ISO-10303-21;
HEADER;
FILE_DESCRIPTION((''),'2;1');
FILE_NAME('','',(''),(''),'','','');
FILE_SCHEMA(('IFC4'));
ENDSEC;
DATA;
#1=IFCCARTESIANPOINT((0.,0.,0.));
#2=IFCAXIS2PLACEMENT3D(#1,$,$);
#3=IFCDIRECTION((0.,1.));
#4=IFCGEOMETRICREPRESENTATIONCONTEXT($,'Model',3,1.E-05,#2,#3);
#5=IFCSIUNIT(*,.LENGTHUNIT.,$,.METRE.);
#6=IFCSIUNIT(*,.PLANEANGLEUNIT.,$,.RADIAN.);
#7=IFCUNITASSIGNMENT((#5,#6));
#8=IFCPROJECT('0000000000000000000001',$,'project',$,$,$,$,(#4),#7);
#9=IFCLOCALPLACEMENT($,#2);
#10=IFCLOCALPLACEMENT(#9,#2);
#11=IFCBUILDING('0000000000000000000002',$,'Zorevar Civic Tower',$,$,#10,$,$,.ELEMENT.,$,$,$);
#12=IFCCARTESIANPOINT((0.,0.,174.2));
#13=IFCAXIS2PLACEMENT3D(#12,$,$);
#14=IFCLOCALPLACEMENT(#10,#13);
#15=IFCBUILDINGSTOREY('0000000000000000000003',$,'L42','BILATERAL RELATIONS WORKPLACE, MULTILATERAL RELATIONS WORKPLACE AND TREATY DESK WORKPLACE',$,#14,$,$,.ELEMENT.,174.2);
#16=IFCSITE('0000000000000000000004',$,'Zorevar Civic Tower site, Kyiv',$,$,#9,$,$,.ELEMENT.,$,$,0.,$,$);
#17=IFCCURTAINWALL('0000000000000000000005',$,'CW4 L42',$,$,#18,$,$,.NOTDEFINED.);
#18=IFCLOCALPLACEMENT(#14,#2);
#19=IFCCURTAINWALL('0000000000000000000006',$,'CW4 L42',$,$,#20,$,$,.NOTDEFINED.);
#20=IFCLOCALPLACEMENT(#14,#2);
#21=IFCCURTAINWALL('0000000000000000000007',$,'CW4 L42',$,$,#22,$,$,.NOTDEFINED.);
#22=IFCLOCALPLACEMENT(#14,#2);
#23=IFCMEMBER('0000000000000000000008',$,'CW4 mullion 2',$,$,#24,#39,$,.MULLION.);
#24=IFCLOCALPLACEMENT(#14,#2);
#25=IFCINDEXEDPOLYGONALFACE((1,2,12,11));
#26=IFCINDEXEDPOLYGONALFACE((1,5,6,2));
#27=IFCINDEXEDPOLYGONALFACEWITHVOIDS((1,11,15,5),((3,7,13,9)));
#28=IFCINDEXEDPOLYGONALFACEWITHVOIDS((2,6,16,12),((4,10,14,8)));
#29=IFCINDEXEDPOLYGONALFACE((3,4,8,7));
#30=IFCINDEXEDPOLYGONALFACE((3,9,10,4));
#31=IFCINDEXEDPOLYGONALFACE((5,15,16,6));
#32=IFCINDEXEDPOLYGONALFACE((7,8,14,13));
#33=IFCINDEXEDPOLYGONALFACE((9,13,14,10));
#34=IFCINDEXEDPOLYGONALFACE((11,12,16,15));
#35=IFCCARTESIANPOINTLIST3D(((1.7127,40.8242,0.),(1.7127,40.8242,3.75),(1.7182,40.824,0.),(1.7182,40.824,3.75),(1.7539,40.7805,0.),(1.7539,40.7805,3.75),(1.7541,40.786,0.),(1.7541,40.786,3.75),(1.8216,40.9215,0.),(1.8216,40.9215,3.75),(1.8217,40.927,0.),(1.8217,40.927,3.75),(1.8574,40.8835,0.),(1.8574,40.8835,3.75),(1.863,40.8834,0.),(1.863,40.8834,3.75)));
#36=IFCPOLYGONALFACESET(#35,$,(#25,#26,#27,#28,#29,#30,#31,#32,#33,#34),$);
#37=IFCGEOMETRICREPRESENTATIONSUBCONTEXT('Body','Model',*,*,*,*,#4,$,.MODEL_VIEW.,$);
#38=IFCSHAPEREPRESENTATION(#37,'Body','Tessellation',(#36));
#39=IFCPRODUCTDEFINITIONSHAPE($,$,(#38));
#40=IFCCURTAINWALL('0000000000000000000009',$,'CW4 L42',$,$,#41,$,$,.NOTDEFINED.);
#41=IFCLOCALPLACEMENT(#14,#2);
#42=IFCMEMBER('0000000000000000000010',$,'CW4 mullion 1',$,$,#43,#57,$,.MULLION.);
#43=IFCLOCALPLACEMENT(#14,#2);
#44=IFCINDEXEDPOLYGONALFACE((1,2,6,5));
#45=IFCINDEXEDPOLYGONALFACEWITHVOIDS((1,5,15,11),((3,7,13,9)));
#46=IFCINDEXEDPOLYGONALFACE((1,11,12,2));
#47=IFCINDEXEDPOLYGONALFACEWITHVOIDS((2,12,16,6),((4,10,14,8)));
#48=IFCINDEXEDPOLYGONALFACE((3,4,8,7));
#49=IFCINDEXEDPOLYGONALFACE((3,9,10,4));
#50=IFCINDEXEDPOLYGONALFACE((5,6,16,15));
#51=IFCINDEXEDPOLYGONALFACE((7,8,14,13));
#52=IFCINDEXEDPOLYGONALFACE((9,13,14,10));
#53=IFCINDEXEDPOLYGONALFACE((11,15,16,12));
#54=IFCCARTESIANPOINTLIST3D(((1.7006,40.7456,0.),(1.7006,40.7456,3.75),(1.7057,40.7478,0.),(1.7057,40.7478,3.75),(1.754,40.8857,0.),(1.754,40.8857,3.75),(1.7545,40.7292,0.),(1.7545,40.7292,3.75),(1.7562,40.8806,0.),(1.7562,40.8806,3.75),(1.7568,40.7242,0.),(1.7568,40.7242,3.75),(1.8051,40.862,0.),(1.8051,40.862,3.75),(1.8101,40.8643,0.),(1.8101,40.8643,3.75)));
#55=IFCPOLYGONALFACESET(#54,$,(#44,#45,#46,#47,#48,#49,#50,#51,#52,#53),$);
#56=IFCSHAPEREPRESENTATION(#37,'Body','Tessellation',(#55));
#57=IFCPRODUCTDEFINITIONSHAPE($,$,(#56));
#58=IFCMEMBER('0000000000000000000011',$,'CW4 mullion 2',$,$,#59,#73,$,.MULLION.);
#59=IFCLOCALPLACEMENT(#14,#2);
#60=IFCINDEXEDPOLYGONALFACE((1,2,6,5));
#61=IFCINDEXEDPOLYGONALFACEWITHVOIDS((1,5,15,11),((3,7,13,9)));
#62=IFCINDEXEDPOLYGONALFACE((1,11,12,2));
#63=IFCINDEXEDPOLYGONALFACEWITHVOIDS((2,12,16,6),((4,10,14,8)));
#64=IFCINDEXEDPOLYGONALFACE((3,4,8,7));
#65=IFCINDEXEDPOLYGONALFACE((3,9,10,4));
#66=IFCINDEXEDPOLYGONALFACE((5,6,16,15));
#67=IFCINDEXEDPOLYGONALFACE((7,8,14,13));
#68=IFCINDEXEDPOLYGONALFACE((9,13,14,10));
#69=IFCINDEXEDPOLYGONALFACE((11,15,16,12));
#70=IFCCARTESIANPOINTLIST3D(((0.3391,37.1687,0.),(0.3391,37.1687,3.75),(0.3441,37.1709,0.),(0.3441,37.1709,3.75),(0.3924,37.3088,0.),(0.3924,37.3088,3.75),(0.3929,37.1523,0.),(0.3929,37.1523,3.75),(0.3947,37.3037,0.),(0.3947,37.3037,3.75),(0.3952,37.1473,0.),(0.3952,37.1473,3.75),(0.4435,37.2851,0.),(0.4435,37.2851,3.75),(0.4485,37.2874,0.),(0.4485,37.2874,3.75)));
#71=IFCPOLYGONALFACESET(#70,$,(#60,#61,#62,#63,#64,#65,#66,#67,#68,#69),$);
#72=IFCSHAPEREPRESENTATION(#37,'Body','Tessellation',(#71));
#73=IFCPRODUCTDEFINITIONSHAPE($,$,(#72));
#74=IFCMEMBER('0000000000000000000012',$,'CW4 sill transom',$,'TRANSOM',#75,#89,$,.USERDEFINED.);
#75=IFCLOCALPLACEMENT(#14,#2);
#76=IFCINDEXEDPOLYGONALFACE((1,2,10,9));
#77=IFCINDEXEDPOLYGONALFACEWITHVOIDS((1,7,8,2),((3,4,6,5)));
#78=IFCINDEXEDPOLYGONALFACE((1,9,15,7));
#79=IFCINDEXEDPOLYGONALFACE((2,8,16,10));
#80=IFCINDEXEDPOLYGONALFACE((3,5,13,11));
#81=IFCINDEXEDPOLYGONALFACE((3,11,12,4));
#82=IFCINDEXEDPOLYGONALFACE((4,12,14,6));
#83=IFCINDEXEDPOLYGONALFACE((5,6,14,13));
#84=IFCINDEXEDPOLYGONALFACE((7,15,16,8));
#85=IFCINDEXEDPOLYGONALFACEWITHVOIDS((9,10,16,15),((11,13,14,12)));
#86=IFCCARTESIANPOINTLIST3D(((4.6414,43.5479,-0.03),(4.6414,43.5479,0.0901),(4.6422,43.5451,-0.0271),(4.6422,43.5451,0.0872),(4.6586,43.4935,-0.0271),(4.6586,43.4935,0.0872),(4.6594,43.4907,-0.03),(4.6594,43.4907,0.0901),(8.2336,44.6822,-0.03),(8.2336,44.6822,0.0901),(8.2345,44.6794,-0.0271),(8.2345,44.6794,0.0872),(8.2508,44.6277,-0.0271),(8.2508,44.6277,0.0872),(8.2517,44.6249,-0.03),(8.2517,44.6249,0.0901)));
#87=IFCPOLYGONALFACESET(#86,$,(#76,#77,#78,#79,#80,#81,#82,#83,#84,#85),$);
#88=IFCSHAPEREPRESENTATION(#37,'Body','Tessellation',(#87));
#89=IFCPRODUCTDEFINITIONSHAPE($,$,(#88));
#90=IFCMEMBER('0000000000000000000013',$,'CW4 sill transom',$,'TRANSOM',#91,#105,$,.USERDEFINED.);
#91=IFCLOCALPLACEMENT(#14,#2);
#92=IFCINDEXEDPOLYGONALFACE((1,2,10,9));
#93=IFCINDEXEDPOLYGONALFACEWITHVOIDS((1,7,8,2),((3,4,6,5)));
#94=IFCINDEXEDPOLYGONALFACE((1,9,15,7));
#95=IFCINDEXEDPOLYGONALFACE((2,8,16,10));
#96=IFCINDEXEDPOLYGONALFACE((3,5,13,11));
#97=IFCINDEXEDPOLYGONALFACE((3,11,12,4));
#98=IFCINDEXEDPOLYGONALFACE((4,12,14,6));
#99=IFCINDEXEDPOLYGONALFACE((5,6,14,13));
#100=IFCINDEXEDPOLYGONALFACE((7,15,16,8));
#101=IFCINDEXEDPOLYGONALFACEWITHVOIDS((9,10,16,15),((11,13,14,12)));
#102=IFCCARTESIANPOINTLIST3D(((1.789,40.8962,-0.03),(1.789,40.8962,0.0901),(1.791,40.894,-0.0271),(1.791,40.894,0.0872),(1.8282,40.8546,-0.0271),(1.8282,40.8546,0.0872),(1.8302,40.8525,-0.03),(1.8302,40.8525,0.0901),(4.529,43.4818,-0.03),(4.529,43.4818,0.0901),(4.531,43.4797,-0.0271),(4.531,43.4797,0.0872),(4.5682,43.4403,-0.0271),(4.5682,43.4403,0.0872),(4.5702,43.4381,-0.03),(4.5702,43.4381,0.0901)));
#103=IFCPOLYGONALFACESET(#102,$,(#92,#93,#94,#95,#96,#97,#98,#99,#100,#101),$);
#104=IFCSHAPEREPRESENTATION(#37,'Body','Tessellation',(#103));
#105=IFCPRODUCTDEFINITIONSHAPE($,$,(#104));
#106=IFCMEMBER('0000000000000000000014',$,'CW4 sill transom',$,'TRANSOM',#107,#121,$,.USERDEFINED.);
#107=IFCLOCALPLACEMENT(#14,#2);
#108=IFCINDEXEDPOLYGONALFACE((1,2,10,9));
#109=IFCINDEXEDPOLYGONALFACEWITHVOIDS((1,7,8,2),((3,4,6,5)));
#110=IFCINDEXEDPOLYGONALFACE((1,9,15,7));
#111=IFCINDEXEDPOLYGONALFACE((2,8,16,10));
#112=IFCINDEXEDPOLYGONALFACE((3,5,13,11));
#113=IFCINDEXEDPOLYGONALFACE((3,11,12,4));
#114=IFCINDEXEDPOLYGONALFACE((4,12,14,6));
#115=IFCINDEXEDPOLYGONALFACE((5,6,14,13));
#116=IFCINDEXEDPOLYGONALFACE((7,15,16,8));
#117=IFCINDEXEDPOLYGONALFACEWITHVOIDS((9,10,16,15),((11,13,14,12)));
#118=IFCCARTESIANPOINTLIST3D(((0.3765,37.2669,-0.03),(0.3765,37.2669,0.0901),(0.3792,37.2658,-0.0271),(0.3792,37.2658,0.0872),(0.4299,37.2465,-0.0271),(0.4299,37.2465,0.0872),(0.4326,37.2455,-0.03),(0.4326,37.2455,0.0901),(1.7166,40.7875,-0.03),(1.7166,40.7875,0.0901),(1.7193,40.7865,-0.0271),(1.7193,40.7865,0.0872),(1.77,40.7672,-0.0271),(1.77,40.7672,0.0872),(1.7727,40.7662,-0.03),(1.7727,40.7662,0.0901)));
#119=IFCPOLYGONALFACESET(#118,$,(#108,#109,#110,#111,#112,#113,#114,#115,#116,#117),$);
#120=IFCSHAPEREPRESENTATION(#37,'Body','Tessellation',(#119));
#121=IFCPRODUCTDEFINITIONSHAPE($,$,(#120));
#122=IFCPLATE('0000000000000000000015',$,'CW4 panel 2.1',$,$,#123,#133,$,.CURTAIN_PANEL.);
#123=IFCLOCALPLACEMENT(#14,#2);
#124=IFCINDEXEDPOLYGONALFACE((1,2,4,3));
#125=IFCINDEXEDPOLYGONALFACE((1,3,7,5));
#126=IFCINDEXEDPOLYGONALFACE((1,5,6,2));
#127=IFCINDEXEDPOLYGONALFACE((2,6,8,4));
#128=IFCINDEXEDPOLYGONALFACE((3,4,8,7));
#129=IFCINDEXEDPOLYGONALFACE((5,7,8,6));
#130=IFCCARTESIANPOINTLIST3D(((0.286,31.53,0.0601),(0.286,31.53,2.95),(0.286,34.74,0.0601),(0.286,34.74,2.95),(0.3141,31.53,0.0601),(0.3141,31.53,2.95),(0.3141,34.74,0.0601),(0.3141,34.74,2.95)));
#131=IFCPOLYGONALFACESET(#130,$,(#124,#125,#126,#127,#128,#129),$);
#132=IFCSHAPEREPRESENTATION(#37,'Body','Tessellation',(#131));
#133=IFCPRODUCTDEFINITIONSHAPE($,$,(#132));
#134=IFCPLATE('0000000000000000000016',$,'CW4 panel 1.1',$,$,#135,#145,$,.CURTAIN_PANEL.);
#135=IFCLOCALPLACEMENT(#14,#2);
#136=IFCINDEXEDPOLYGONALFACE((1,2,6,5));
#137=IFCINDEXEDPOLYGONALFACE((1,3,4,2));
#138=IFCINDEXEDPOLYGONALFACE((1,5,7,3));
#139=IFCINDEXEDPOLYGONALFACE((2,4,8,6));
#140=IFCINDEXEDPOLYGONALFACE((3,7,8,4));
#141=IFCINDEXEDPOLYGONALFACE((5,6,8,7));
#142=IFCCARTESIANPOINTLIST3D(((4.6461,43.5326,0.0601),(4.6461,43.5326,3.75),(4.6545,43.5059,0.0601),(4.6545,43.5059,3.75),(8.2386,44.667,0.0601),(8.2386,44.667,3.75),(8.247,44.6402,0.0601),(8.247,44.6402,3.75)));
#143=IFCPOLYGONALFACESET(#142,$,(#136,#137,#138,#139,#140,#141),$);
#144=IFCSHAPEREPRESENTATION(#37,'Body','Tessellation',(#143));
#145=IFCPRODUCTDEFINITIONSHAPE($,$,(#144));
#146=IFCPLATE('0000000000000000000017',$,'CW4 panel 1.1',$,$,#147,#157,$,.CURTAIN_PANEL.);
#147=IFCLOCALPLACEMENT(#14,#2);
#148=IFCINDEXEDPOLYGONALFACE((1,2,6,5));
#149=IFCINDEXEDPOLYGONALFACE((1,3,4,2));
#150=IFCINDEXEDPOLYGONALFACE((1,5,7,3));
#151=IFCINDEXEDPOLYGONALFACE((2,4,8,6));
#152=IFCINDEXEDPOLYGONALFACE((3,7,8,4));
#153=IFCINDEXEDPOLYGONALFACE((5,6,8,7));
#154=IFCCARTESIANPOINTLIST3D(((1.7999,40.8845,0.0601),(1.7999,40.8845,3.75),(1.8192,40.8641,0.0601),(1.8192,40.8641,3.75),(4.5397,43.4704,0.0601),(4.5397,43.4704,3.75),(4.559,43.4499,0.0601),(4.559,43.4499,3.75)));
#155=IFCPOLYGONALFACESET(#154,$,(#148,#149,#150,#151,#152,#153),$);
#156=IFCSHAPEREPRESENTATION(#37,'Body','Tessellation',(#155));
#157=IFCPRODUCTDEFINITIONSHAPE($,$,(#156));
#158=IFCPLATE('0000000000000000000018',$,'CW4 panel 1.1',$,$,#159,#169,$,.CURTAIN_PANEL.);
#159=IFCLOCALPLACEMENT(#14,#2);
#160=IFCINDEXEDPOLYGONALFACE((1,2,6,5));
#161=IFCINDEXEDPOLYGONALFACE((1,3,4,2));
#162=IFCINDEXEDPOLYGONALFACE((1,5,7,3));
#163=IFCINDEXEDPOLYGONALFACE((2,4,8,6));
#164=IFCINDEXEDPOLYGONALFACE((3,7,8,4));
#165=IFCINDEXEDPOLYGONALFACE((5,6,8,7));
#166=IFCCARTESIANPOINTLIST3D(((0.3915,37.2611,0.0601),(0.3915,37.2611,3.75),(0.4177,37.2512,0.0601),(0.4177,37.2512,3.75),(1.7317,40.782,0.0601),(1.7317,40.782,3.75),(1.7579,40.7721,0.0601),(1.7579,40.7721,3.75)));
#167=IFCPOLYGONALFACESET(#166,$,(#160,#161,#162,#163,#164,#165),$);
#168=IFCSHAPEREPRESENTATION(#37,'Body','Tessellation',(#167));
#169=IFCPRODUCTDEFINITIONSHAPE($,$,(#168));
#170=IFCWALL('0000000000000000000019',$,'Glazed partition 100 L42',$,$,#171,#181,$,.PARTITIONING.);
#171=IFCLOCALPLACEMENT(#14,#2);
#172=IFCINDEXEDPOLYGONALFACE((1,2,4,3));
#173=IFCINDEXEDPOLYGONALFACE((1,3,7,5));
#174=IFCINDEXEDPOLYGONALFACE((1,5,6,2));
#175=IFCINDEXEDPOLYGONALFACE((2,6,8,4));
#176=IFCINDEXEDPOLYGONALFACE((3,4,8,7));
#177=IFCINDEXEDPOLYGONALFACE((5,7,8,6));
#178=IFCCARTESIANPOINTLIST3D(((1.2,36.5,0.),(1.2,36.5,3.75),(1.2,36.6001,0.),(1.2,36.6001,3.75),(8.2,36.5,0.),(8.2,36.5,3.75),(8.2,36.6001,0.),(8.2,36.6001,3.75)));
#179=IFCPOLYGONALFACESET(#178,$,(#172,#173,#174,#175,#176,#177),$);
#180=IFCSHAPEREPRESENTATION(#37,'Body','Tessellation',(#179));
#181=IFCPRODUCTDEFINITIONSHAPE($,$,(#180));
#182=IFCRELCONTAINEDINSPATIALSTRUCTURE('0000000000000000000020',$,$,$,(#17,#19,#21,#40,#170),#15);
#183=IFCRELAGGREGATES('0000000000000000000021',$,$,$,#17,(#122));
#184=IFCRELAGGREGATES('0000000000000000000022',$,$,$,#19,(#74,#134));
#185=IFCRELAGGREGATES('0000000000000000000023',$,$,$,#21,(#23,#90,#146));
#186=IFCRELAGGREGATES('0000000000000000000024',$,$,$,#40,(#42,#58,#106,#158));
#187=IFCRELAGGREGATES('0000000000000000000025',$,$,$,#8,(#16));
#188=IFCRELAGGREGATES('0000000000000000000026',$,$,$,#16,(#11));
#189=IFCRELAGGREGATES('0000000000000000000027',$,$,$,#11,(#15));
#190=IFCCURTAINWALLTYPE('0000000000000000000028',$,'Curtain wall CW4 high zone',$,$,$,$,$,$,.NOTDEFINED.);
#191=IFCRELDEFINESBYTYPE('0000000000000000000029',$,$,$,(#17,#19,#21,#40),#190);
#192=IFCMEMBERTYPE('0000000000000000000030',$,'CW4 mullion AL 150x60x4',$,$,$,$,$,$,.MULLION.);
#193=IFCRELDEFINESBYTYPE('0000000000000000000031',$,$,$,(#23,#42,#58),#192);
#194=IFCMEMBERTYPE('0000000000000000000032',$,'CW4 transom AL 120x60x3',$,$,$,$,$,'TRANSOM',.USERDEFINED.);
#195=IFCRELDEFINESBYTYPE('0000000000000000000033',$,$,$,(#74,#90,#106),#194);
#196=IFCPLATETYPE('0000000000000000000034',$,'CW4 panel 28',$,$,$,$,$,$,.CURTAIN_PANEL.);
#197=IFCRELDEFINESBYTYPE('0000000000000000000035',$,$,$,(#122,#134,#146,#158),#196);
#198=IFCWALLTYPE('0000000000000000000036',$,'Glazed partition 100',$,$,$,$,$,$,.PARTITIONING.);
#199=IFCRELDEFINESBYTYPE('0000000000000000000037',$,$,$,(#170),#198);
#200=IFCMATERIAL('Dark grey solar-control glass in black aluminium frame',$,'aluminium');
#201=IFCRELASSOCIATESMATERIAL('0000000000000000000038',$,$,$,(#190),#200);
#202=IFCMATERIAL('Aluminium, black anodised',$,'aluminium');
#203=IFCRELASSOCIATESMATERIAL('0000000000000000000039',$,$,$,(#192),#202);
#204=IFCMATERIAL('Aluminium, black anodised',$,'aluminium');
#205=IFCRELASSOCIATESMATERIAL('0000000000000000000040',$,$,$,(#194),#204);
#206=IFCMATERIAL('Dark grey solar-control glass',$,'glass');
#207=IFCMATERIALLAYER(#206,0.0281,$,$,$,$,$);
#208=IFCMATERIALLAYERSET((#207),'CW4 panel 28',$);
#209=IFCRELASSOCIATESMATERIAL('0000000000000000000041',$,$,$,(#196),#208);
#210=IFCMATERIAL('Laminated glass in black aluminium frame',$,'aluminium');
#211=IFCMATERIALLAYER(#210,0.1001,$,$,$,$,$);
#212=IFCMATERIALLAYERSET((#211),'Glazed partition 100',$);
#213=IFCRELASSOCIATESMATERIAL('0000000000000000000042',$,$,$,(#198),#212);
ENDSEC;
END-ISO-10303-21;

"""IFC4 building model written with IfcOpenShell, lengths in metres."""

from ifc_helpers import new_model, si_unit, direction, frame, frame_2d, origin, origin_2d, place, context, subcontext, project, spatial, rectangle, hollow_rectangle, extrude, material, layer, layer_set, material_profile, profile_set, type_object, element, aggregate, save


model = new_model("IFC4")

# Units and contexts
model_context = context("Model", 3, precision=1e-05, world=origin(), true_north=direction((0.0, 1.0)))
body_context = subcontext(model_context, "Body", "Model", "MODEL_VIEW")
ifc_project = project(units=[si_unit("LENGTHUNIT", "METRE"), si_unit("PLANEANGLEUNIT", "RADIAN")], contexts=[model_context])

# Site, building, storey
site_placement = place(None, origin())
site = spatial("IfcSite", under=ifc_project, at=site_placement, Name="Zorevar Civic Tower site, Kyiv", CompositionType="ELEMENT", RefElevation=0.0)
building_placement = place(site_placement, origin())
building = spatial("IfcBuilding", under=site, at=building_placement, Name="Zorevar Civic Tower", CompositionType="ELEMENT")
storey_placement = place(building_placement, frame((0.0, 0.0, 174.2)))
storey = spatial("IfcBuildingStorey", under=building, at=storey_placement, Name="L42", Description="BILATERAL RELATIONS WORKPLACE, MULTILATERAL RELATIONS WORKPLACE AND TREATY DESK WORKPLACE", CompositionType="ELEMENT", Elevation=174.2)

# Curtain walls, members
ifc_material_1 = material(Name="Dark grey solar-control glass in black aluminium frame", Category="aluminium")
curtain_wall_type = type_object("IfcCurtainWallType", Name="Curtain wall CW4 high zone", PredefinedType="NOTDEFINED", material=ifc_material_1)
curtain_wall_1_placement = place(storey_placement, origin())
curtain_wall_1 = element("IfcCurtainWall", 1, at=curtain_wall_1_placement, inside=storey, type_object=curtain_wall_type, Name="CW4 L42", PredefinedType="NOTDEFINED")
ifc_material_2 = material(Name="Aluminium, black anodised", Category="aluminium")
ifc_material_profile_1 = material_profile(ifc_material_2, hollow_rectangle(XDim=0.0601, YDim=0.1499, WallThickness=0.0039, at=origin_2d()), Name="AL 150x60x4")
ifc_profile_set_1 = profile_set([ifc_material_profile_1], Name="Aluminium, black anodised")
member_type_1 = type_object("IfcMemberType", Name="CW4 mullion AL 150x60x4", PredefinedType="MULLION", material=ifc_profile_set_1)
curtain_wall_2_placement = place(storey_placement, origin())
curtain_wall_2 = element("IfcCurtainWall", 2, at=curtain_wall_2_placement, inside=storey, type_object=curtain_wall_type, Name="CW4 L42", PredefinedType="NOTDEFINED")
curtain_wall_3_placement = place(storey_placement, origin())
curtain_wall_3 = element("IfcCurtainWall", 3, at=curtain_wall_3_placement, inside=storey, type_object=curtain_wall_type, Name="CW4 L42", PredefinedType="NOTDEFINED")
member_1_placement = place(storey_placement, frame((1.7878, 40.8538, 0.0), z_axis=(0.0, 0.0, 1.0), x_axis=(0.686378, -0.727245, 0.0)))
member_1 = element("IfcMember", 4, at=member_1_placement, type_object=member_type_1, Name="CW4 mullion 2", PredefinedType="MULLION", context=body_context, shape_type="SweptSolid", body=[
    extrude(hollow_rectangle(XDim=0.0601, YDim=0.1499, WallThickness=0.0039, at=origin_2d()), origin(), (0.0, 0.0, 1.0), 3.75),
])
curtain_wall_4_placement = place(storey_placement, origin())
curtain_wall_4 = element("IfcCurtainWall", 5, at=curtain_wall_4_placement, inside=storey, type_object=curtain_wall_type, Name="CW4 L42", PredefinedType="NOTDEFINED")
member_2_placement = place(storey_placement, frame((1.7554, 40.8049, 0.0), z_axis=(0.0, 0.0, 1.0), x_axis=(0.934588, -0.355731, 0.0)))
member_2 = element("IfcMember", 6, at=member_2_placement, type_object=member_type_1, Name="CW4 mullion 1", PredefinedType="MULLION", context=body_context, shape_type="SweptSolid", body=[
    extrude(hollow_rectangle(XDim=0.0601, YDim=0.1499, WallThickness=0.0039, at=origin_2d()), origin(), (0.0, 0.0, 1.0), 3.75),
])
member_3_placement = place(storey_placement, frame((0.3938, 37.228, 0.0), z_axis=(0.0, 0.0, 1.0), x_axis=(0.934588, -0.355731, 0.0)))
member_3 = element("IfcMember", 7, at=member_3_placement, type_object=member_type_1, Name="CW4 mullion 2", PredefinedType="MULLION", context=body_context, shape_type="SweptSolid", body=[
    extrude(hollow_rectangle(XDim=0.0601, YDim=0.1499, WallThickness=0.0039, at=origin_2d()), origin(), (0.0, 0.0, 1.0), 3.75),
])

# Members
ifc_material_3 = material(Name="Aluminium, black anodised", Category="aluminium")
ifc_material_profile_2 = material_profile(ifc_material_3, hollow_rectangle(XDim=0.0601, YDim=0.1201, WallThickness=0.0029, at=origin_2d()), Name="AL 120x60x3")
ifc_profile_set_2 = profile_set([ifc_material_profile_2], Name="Aluminium, black anodised")
member_type_2 = type_object("IfcMemberType", Name="CW4 transom AL 120x60x3", ElementType="TRANSOM", PredefinedType="USERDEFINED", material=ifc_profile_set_2)
member_4_placement = place(storey_placement, frame((8.2427, 44.6536, 0.03), z_axis=(-0.953592, -0.3011, 0.0), x_axis=(0.3011, -0.953592, 0.0)))
member_4 = element("IfcMember", 8, at=member_4_placement, type_object=member_type_2, Name="CW4 sill transom", ObjectType="TRANSOM", PredefinedType="USERDEFINED", context=body_context, shape_type="SweptSolid", body=[
    extrude(hollow_rectangle(XDim=0.0601, YDim=0.1201, WallThickness=0.0029, at=origin_2d()), origin(), (0.0, 0.0, 1.0), 3.7671),
])
member_5_placement = place(storey_placement, frame((4.5496, 43.46, 0.03), z_axis=(-0.727288, -0.686332, 0.0), x_axis=(0.686332, -0.727288, 0.0)))
member_5 = element("IfcMember", 9, at=member_5_placement, type_object=member_type_2, Name="CW4 sill transom", ObjectType="TRANSOM", PredefinedType="USERDEFINED", context=body_context, shape_type="SweptSolid", body=[
    extrude(hollow_rectangle(XDim=0.0601, YDim=0.1201, WallThickness=0.0029, at=origin_2d()), origin(), (0.0, 0.0, 1.0), 3.7673),
])
member_6_placement = place(storey_placement, frame((1.7446, 40.7769, 0.03), z_axis=(-0.355729, -0.934589, 0.0), x_axis=(0.934589, -0.355729, 0.0)))
member_6 = element("IfcMember", 10, at=member_6_placement, type_object=member_type_2, Name="CW4 sill transom", ObjectType="TRANSOM", PredefinedType="USERDEFINED", context=body_context, shape_type="SweptSolid", body=[
    extrude(hollow_rectangle(XDim=0.0601, YDim=0.1201, WallThickness=0.0029, at=origin_2d()), origin(), (0.0, 0.0, 1.0), 3.7671),
])

# Plates
ifc_material_4 = material(Name="Dark grey solar-control glass", Category="glass")
ifc_layer_1 = layer(ifc_material_4, 0.0281)
ifc_layer_set_1 = layer_set([ifc_layer_1], Name="CW4 panel 28")
plate_type = type_object("IfcPlateType", Name="CW4 panel 28", PredefinedType="CURTAIN_PANEL", material=ifc_layer_set_1)
plate_1_placement = place(storey_placement, frame((0.3, 33.135, 0.0601), z_axis=(0.0, 0.0, 1.0), x_axis=(0.0, 1.0, 0.0)))
plate_1 = element("IfcPlate", 11, at=plate_1_placement, type_object=plate_type, Name="CW4 panel 2.1", PredefinedType="CURTAIN_PANEL", context=body_context, shape_type="SweptSolid", body=[
    extrude(rectangle(XDim=3.21, YDim=0.0281, at=origin_2d()), origin(), (0.0, 0.0, 1.0), 2.8899),
])
aggregate(curtain_wall_1, [plate_1])
plate_2_placement = place(storey_placement, frame((6.4465, 44.0864, 0.0601), z_axis=(0.0, 0.0, 1.0), x_axis=(-0.95359, -0.301108, 0.0)))
plate_2 = element("IfcPlate", 12, at=plate_2_placement, type_object=plate_type, Name="CW4 panel 1.1", PredefinedType="CURTAIN_PANEL", context=body_context, shape_type="SweptSolid", body=[
    extrude(rectangle(XDim=3.7673, YDim=0.0281, at=origin_2d()), origin(), (0.0, 0.0, 1.0), 3.6899),
])
aggregate(curtain_wall_2, [member_4, plate_2])
plate_3_placement = place(storey_placement, frame((3.1794, 42.1672, 0.0601), z_axis=(0.0, 0.0, 1.0), x_axis=(-0.727245, -0.686378, 0.0)))
plate_3 = element("IfcPlate", 13, at=plate_3_placement, type_object=plate_type, Name="CW4 panel 1.1", PredefinedType="CURTAIN_PANEL", context=body_context, shape_type="SweptSolid", body=[
    extrude(rectangle(XDim=3.7673, YDim=0.0281, at=origin_2d()), origin(), (0.0, 0.0, 1.0), 3.6899),
])
aggregate(curtain_wall_3, [member_1, member_5, plate_3])
plate_4_placement = place(storey_placement, frame((1.0747, 39.0166, 0.0601), z_axis=(0.0, 0.0, 1.0), x_axis=(-0.355731, -0.934588, 0.0)))
plate_4 = element("IfcPlate", 14, at=plate_4_placement, type_object=plate_type, Name="CW4 panel 1.1", PredefinedType="CURTAIN_PANEL", context=body_context, shape_type="SweptSolid", body=[
    extrude(rectangle(XDim=3.7673, YDim=0.0281, at=origin_2d()), origin(), (0.0, 0.0, 1.0), 3.6899),
])
aggregate(curtain_wall_4, [member_2, member_3, member_6, plate_4])

# Wall
ifc_material_5 = material(Name="Laminated glass in black aluminium frame", Category="aluminium")
ifc_layer_2 = layer(ifc_material_5, 0.1001)
ifc_layer_set_2 = layer_set([ifc_layer_2], Name="Glazed partition 100")
wall_type = type_object("IfcWallType", Name="Glazed partition 100", PredefinedType="PARTITIONING", material=ifc_layer_set_2)
wall_placement = place(storey_placement, frame((1.2, 36.55, 0.0), z_axis=(0.0, 0.0, 1.0), x_axis=(1.0, 0.0, 0.0)))
element("IfcWall", 15, at=wall_placement, inside=storey, type_object=wall_type, Name="Glazed partition 100 L42", PredefinedType="PARTITIONING", context=body_context, shape_type="SweptSolid", body=[
    extrude(rectangle(XDim=7.0, YDim=0.1001, at=frame_2d((3.5, 0.0))), origin(), (0.0, 0.0, 1.0), 3.75),
])

save(model, "model.ifc")
